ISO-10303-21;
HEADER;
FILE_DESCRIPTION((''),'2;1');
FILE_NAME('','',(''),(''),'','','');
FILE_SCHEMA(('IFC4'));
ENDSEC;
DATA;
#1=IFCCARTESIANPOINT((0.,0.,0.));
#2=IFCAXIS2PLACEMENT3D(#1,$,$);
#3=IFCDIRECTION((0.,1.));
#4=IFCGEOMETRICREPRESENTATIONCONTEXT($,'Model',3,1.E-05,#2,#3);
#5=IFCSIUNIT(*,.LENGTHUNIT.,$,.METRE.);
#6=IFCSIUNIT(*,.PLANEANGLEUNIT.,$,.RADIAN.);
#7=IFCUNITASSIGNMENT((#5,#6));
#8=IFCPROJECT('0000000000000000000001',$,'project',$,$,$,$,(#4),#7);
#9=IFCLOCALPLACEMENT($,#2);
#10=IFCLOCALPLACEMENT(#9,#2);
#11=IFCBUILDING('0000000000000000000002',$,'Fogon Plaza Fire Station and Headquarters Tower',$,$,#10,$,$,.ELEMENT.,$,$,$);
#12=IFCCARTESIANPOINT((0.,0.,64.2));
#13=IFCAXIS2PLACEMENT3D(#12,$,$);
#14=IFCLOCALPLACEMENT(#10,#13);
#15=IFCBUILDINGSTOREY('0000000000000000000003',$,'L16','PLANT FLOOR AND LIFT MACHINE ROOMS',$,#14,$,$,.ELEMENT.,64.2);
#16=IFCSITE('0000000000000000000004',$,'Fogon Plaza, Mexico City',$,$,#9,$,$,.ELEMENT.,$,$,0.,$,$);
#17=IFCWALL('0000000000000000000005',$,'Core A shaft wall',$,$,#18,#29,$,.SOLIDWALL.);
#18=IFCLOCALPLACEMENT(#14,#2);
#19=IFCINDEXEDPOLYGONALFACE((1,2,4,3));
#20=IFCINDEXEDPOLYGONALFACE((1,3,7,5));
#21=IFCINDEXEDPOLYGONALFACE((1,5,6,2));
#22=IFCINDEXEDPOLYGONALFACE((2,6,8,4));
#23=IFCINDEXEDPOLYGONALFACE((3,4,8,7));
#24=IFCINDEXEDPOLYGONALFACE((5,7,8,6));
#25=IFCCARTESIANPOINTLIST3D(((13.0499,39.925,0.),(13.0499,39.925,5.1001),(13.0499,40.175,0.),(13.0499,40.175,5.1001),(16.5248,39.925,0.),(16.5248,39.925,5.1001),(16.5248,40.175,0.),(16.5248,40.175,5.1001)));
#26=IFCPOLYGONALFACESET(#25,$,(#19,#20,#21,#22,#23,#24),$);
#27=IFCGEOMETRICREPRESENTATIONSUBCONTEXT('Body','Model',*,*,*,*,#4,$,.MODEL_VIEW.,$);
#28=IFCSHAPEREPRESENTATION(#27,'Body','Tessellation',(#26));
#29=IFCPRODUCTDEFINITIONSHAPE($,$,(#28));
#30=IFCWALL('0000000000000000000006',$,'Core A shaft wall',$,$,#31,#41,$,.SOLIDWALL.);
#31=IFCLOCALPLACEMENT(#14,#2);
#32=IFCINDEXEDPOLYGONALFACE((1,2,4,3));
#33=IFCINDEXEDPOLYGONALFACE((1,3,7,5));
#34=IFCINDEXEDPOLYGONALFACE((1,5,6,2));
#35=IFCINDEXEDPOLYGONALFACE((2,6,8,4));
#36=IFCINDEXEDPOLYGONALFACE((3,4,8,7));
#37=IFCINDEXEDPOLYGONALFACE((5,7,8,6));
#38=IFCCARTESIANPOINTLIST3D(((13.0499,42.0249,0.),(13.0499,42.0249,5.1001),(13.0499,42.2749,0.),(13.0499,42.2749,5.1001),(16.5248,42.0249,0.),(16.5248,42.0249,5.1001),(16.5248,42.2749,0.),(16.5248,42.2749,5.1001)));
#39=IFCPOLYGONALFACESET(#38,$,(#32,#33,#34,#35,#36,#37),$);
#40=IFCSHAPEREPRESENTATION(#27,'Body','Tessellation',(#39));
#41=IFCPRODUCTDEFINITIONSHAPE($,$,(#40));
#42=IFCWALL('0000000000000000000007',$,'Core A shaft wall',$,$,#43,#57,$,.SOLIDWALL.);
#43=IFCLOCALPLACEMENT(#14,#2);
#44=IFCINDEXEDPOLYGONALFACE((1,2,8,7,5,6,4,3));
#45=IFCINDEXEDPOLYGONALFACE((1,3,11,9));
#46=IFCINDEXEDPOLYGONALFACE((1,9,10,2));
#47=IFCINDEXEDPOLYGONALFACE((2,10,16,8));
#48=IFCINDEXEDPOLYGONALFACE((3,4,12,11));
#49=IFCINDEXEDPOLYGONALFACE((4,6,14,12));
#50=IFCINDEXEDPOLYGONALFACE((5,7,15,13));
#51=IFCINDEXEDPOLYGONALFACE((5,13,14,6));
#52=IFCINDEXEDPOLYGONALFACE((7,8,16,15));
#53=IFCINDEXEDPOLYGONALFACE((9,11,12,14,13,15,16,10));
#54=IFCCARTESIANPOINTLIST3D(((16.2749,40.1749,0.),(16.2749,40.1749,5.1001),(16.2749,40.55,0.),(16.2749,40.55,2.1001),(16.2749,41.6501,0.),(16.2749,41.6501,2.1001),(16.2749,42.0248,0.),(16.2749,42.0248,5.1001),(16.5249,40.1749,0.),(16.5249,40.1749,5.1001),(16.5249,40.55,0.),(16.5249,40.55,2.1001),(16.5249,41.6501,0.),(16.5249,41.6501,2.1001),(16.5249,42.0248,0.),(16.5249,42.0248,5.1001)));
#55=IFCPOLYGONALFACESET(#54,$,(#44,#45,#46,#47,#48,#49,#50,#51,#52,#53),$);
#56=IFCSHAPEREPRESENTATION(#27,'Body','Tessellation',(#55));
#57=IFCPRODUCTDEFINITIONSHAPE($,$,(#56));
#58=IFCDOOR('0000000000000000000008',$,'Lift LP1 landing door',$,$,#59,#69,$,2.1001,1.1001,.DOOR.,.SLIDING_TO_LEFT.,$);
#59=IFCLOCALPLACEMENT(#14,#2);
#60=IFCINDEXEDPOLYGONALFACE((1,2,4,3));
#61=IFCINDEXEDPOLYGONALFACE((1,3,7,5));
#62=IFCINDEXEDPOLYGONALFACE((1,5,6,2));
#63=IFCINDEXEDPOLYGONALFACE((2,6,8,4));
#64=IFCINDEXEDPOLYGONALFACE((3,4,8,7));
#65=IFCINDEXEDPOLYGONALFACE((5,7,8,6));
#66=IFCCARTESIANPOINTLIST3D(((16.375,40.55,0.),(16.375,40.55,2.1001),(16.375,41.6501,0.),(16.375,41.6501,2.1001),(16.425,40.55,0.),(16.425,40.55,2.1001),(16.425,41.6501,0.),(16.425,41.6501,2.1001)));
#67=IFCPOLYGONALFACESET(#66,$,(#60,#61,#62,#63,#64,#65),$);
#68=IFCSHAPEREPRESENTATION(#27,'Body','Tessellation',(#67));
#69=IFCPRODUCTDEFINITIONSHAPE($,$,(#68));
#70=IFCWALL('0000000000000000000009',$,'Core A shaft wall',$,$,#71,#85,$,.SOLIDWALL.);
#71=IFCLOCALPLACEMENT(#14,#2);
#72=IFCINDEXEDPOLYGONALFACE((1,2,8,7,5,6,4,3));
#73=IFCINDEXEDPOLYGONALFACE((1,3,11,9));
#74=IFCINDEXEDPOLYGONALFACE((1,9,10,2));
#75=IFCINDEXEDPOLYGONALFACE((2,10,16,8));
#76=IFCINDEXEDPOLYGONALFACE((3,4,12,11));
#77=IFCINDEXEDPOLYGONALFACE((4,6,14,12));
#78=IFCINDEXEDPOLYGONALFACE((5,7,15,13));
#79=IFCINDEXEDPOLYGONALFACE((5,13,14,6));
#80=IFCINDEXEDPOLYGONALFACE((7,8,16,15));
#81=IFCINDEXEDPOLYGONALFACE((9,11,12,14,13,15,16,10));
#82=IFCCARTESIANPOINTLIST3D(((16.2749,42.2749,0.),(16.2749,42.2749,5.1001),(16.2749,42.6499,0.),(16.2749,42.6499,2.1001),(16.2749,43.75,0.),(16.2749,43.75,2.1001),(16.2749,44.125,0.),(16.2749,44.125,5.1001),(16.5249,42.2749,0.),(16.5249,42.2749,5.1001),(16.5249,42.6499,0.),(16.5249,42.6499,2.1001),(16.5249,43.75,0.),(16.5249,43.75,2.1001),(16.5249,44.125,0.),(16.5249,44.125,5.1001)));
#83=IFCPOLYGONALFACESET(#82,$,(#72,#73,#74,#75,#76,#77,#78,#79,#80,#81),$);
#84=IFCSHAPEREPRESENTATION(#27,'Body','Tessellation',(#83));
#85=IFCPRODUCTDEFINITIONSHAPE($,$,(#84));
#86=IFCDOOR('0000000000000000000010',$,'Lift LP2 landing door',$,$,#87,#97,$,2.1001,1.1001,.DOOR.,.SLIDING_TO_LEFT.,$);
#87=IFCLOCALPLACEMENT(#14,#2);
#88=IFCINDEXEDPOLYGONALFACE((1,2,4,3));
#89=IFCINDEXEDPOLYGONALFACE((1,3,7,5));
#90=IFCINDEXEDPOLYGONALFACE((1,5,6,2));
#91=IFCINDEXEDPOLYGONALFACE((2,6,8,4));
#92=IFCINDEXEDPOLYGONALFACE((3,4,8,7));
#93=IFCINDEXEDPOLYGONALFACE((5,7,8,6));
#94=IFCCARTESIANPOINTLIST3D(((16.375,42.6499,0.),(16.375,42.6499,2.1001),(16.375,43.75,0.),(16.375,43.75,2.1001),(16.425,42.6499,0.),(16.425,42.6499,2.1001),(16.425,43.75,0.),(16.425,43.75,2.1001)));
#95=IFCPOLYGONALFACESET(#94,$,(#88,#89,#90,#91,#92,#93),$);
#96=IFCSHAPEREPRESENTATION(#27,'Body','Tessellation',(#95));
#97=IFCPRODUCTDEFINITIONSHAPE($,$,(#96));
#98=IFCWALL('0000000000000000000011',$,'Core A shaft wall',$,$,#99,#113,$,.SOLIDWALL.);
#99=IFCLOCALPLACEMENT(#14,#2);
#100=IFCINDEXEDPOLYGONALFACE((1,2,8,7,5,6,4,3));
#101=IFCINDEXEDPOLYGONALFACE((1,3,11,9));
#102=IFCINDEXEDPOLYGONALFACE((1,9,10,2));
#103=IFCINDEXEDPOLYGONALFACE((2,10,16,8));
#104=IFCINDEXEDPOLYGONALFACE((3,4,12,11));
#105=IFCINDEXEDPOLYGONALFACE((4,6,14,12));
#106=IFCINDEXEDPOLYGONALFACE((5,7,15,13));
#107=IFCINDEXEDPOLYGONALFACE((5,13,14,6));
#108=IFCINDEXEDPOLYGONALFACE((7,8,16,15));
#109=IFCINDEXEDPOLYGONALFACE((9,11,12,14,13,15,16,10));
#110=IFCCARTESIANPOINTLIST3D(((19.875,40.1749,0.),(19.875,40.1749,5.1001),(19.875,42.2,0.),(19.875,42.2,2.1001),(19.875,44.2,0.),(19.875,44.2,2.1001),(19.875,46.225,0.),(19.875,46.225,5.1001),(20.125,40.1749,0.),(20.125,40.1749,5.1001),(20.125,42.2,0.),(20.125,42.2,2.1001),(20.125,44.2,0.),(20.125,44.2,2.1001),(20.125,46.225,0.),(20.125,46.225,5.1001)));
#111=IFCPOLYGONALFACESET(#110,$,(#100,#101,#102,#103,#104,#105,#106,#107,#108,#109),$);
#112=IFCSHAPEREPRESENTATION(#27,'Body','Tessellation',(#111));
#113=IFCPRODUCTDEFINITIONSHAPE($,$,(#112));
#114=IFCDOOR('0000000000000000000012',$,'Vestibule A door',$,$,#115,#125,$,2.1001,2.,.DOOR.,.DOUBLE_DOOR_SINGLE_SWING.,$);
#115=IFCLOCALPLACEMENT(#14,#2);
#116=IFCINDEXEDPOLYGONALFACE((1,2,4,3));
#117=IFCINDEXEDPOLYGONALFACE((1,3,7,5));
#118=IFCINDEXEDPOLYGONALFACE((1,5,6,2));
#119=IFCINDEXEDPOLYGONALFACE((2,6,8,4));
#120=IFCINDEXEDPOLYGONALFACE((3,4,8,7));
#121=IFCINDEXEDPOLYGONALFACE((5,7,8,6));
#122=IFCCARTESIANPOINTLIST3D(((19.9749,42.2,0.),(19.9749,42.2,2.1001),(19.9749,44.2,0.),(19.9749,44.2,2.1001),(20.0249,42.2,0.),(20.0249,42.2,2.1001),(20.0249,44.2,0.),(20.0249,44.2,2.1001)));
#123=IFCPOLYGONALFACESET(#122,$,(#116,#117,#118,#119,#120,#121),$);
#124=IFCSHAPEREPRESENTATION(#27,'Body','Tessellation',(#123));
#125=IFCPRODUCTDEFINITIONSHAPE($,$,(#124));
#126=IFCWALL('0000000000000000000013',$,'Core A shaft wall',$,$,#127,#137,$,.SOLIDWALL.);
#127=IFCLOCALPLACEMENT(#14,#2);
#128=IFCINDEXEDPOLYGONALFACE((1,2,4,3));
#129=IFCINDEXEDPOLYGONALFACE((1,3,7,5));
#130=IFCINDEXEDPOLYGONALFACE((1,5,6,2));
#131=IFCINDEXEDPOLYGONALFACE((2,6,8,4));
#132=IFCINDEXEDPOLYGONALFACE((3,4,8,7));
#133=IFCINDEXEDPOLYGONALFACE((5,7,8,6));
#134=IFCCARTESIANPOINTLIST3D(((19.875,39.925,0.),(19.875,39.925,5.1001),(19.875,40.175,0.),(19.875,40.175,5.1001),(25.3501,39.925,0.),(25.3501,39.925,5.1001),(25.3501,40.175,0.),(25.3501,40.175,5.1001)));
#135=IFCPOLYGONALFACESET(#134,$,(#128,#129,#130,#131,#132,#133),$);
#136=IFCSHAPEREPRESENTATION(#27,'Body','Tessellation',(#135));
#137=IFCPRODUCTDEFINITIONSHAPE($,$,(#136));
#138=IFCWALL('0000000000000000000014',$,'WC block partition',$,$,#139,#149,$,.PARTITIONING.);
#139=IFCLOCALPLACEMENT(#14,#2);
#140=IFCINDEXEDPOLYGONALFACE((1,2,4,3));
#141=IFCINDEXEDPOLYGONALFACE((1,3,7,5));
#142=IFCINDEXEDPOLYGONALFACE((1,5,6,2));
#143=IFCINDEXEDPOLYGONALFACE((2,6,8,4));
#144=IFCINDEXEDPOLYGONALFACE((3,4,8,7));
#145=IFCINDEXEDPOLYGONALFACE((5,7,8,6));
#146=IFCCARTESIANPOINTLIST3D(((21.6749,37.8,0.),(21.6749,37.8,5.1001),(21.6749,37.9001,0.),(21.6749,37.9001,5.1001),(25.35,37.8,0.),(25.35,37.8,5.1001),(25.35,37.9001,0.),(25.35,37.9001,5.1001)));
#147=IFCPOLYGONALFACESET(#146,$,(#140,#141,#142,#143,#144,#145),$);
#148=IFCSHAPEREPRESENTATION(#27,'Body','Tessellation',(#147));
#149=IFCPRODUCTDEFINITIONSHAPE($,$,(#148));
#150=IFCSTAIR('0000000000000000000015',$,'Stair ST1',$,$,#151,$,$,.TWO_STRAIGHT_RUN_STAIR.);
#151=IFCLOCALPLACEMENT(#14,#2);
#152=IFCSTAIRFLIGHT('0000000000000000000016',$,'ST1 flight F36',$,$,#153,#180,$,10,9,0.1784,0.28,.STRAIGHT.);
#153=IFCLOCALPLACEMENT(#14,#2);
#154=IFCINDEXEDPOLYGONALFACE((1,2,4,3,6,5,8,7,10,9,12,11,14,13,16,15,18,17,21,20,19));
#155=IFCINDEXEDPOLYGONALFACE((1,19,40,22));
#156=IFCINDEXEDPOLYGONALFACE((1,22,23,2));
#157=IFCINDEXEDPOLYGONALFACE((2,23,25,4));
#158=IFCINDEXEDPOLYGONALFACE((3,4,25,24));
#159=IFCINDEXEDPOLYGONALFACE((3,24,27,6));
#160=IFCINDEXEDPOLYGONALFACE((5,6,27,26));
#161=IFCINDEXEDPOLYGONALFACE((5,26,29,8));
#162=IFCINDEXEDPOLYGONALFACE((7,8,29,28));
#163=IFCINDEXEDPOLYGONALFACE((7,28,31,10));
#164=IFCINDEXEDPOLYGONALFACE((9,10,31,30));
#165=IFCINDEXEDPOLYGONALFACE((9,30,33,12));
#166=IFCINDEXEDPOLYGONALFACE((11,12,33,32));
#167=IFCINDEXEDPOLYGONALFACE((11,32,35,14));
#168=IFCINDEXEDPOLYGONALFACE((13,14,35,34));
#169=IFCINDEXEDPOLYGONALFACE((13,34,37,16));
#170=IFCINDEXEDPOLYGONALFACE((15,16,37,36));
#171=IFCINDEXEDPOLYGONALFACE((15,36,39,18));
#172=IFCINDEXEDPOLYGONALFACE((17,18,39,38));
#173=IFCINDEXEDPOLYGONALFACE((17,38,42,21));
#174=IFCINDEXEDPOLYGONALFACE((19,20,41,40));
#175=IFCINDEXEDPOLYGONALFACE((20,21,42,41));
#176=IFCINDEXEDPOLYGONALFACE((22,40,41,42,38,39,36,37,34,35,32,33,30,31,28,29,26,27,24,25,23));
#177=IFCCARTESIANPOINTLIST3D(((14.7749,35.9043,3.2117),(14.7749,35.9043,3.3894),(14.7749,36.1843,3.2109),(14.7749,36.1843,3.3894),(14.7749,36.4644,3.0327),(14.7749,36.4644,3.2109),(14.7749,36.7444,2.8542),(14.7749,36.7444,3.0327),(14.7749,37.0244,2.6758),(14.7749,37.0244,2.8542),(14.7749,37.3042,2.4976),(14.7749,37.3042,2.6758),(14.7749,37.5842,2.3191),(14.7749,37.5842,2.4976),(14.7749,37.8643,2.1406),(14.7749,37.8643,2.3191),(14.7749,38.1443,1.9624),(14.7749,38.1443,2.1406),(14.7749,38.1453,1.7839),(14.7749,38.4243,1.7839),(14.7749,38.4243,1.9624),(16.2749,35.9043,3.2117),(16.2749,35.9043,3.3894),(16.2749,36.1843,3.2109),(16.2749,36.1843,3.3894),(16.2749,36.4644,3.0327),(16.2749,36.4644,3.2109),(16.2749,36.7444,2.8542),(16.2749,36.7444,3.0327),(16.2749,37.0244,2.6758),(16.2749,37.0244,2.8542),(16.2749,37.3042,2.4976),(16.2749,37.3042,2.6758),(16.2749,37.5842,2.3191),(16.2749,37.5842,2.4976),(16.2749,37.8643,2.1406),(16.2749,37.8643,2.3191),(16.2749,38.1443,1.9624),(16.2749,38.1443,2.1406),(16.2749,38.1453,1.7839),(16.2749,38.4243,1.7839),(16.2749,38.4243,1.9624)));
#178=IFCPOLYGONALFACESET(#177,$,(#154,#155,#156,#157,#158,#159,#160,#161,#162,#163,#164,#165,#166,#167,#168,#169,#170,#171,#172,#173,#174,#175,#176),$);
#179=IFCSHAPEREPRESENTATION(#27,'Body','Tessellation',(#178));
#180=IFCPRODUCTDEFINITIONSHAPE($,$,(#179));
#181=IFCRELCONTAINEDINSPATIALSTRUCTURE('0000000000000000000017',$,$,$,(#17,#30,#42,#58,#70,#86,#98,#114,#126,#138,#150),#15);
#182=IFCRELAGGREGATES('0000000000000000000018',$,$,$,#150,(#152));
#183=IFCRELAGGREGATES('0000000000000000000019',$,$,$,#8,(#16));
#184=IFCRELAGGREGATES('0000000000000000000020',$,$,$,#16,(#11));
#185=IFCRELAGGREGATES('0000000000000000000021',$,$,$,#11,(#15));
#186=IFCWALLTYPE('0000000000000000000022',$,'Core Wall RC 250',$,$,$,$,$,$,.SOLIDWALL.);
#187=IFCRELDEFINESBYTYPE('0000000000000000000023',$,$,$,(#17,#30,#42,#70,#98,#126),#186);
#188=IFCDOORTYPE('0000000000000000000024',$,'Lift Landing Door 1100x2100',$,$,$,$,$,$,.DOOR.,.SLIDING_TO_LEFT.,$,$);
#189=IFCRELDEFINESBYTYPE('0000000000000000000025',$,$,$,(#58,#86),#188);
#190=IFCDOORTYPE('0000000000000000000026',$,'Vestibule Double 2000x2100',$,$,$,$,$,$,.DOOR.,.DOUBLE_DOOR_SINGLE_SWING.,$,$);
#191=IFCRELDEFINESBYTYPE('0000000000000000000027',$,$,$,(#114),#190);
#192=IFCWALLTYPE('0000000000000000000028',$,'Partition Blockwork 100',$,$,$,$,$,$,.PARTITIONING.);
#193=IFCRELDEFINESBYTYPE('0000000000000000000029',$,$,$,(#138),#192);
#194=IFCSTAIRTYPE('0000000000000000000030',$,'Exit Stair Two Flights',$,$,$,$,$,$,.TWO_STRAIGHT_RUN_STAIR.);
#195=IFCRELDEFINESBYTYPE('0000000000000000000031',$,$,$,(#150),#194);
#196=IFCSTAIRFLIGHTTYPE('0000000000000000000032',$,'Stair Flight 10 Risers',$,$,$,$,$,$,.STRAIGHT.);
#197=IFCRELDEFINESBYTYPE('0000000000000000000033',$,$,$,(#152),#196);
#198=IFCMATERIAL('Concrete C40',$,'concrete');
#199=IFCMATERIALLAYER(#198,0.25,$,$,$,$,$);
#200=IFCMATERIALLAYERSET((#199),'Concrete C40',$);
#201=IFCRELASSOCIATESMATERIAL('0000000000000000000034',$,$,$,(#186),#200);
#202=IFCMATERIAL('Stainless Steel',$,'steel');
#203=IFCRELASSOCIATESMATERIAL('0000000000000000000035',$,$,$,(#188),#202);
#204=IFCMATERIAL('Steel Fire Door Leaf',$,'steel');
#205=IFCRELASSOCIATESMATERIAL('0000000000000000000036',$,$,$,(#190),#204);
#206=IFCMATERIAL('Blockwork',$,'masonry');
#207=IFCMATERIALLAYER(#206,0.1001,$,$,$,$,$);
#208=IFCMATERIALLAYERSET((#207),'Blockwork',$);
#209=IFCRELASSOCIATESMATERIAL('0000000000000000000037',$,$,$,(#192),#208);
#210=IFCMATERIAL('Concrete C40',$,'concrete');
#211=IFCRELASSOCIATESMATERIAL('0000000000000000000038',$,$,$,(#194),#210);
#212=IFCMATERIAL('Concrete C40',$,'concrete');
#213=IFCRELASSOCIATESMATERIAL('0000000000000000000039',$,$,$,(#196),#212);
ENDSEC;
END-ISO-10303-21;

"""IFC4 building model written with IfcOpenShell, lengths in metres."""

from ifc_helpers import new_model, si_unit, direction, frame, frame_2d, origin, place, context, subcontext, project, spatial, polyline, rectangle, outline, extrude, material, layer, layer_set, type_object, element, fill, aggregate, save


model = new_model("IFC4")

# Units and contexts
model_context = context("Model", 3, precision=1e-05, world=origin(), true_north=direction((0.0, 1.0)))
body_context = subcontext(model_context, "Body", "Model", "MODEL_VIEW")
ifc_project = project(units=[si_unit("LENGTHUNIT", "METRE"), si_unit("PLANEANGLEUNIT", "RADIAN")], contexts=[model_context])

# Site, building, storey
site_placement = place(None, origin())
site = spatial("IfcSite", under=ifc_project, at=site_placement, Name="Fogon Plaza, Mexico City", CompositionType="ELEMENT", RefElevation=0.0)
building_placement = place(site_placement, origin())
building = spatial("IfcBuilding", under=site, at=building_placement, Name="Fogon Plaza Fire Station and Headquarters Tower", CompositionType="ELEMENT")
storey_placement = place(building_placement, frame((0.0, 0.0, 64.2)))
storey = spatial("IfcBuildingStorey", under=building, at=storey_placement, Name="L16", Description="PLANT FLOOR AND LIFT MACHINE ROOMS", CompositionType="ELEMENT", Elevation=64.2)

# Walls
ifc_material_1 = material(Name="Concrete C40", Category="concrete")
ifc_layer_1 = layer(ifc_material_1, 0.25)
ifc_layer_set_1 = layer_set([ifc_layer_1], Name="Concrete C40")
wall_type_1 = type_object("IfcWallType", Name="Core Wall RC 250", PredefinedType="SOLIDWALL", material=ifc_layer_set_1)
for number, where, z_axis, x_axis, name in (
    (1, (13.05, 40.05, 0.0), (0.0, 0.0, 1.0), (1.0, 0.0, 0.0), "Core A shaft wall"),
    (2, (13.05, 42.1499, 0.0), (0.0, 0.0, 1.0), (1.0, 0.0, 0.0), "Core A shaft wall"),
):
    element("IfcWall", number, at=place(storey_placement, frame(where, z_axis=z_axis, x_axis=x_axis)), inside=storey, type_object=wall_type_1, Name=name, PredefinedType="SOLIDWALL", context=body_context, shape_type="SweptSolid", body=[
        extrude(rectangle(XDim=3.4749, YDim=0.25, at=frame_2d((1.7373, 0.0))), origin(), (0.0, 0.0, 1.0), 5.1001),
    ])

# Walls, openings, doors
wall_1_placement = place(storey_placement, frame((16.3999, 40.175, 0.0), z_axis=(0.0, 0.0, 1.0), x_axis=(0.0, 1.0, 0.0)))
wall_1 = element("IfcWall", 3, at=wall_1_placement, inside=storey, type_object=wall_type_1, Name="Core A shaft wall", PredefinedType="SOLIDWALL", context=body_context, shape_type="SweptSolid", body=[
    extrude(rectangle(XDim=1.8499, YDim=0.25, at=frame_2d((0.9248, 0.0))), origin(), (0.0, 0.0, 1.0), 5.1001),
])
opening_1_placement = place(wall_1_placement, frame((0.375, 0.0, 0.0)))
opening_1 = element("IfcOpeningElement", 4, at=opening_1_placement, cuts=wall_1, PredefinedType="OPENING", context=body_context, shape_type="SweptSolid", body=[
    extrude(rectangle(XDim=1.1001, YDim=2.1001, at=frame_2d((0.55, 1.05))), frame((0.0, 0.135, 0.0), z_axis=(0.0, -1.0, 0.0), x_axis=(1.0, 0.0, 0.0)), (0.0, 0.0, 1.0), 0.27),
])
ifc_material_2 = material(Name="Stainless Steel", Category="steel")
door_type_1 = type_object("IfcDoorType", Name="Lift Landing Door 1100x2100", OperationType="SLIDING_TO_LEFT", PredefinedType="DOOR", material=ifc_material_2)
door_1_placement = place(opening_1_placement, origin())
door_1 = element("IfcDoor", 5, at=door_1_placement, inside=storey, type_object=door_type_1, Name="Lift LP1 landing door", OperationType="SLIDING_TO_LEFT", OverallHeight=2.1001, OverallWidth=1.1001, PredefinedType="DOOR", context=body_context, shape_type="SweptSolid", body=[
    extrude(rectangle(XDim=1.1001, YDim=2.1001, at=frame_2d((0.55, 1.05))), frame((0.0, 0.0249, 0.0), z_axis=(0.0, -1.0, 0.0), x_axis=(1.0, 0.0, 0.0)), (0.0, 0.0, 1.0), 0.05),
])
fill(opening_1, door_1)
wall_2_placement = place(storey_placement, frame((16.3999, 42.2749, 0.0), z_axis=(0.0, 0.0, 1.0), x_axis=(0.0, 1.0, 0.0)))
wall_2 = element("IfcWall", 6, at=wall_2_placement, inside=storey, type_object=wall_type_1, Name="Core A shaft wall", PredefinedType="SOLIDWALL", context=body_context, shape_type="SweptSolid", body=[
    extrude(rectangle(XDim=1.8501, YDim=0.25, at=frame_2d((0.925, 0.0))), origin(), (0.0, 0.0, 1.0), 5.1001),
])
opening_2_placement = place(wall_2_placement, frame((0.375, 0.0, 0.0)))
opening_2 = element("IfcOpeningElement", 7, at=opening_2_placement, cuts=wall_2, PredefinedType="OPENING", context=body_context, shape_type="SweptSolid", body=[
    extrude(rectangle(XDim=1.1001, YDim=2.1001, at=frame_2d((0.55, 1.05))), frame((0.0, 0.135, 0.0), z_axis=(0.0, -1.0, 0.0), x_axis=(1.0, 0.0, 0.0)), (0.0, 0.0, 1.0), 0.27),
])
door_2_placement = place(opening_2_placement, origin())
door_2 = element("IfcDoor", 8, at=door_2_placement, inside=storey, type_object=door_type_1, Name="Lift LP2 landing door", OperationType="SLIDING_TO_LEFT", OverallHeight=2.1001, OverallWidth=1.1001, PredefinedType="DOOR", context=body_context, shape_type="SweptSolid", body=[
    extrude(rectangle(XDim=1.1001, YDim=2.1001, at=frame_2d((0.55, 1.05))), frame((0.0, 0.0249, 0.0), z_axis=(0.0, -1.0, 0.0), x_axis=(1.0, 0.0, 0.0)), (0.0, 0.0, 1.0), 0.05),
])
fill(opening_2, door_2)
wall_3_placement = place(storey_placement, frame((20.0, 40.175, 0.0), z_axis=(0.0, 0.0, 1.0), x_axis=(0.0, 1.0, 0.0)))
wall_3 = element("IfcWall", 9, at=wall_3_placement, inside=storey, type_object=wall_type_1, Name="Core A shaft wall", PredefinedType="SOLIDWALL", context=body_context, shape_type="SweptSolid", body=[
    extrude(rectangle(XDim=6.05, YDim=0.25, at=frame_2d((3.0249, 0.0))), origin(), (0.0, 0.0, 1.0), 5.1001),
])
opening_3_placement = place(wall_3_placement, frame((2.0249, 0.0, 0.0)))
opening_3 = element("IfcOpeningElement", 10, at=opening_3_placement, cuts=wall_3, PredefinedType="OPENING", context=body_context, shape_type="SweptSolid", body=[
    extrude(rectangle(XDim=2.0, YDim=2.1001, at=frame_2d((1.0, 1.05))), frame((0.0, 0.135, 0.0), z_axis=(0.0, -1.0, 0.0), x_axis=(1.0, 0.0, 0.0)), (0.0, 0.0, 1.0), 0.27),
])
ifc_material_3 = material(Name="Steel Fire Door Leaf", Category="steel")
door_type_2 = type_object("IfcDoorType", Name="Vestibule Double 2000x2100", OperationType="DOUBLE_DOOR_SINGLE_SWING", PredefinedType="DOOR", material=ifc_material_3)
door_3_placement = place(opening_3_placement, frame((2.0, 0.0, 0.0), z_axis=(0.0, 0.0, 1.0), x_axis=(-1.0, 0.0, 0.0)))
door_3 = element("IfcDoor", 11, at=door_3_placement, inside=storey, type_object=door_type_2, Name="Vestibule A door", OperationType="DOUBLE_DOOR_SINGLE_SWING", OverallHeight=2.1001, OverallWidth=2.0, PredefinedType="DOOR", context=body_context, shape_type="SweptSolid", body=[
    extrude(rectangle(XDim=2.0, YDim=2.1001, at=frame_2d((1.0, 1.05))), frame((0.0, 0.0249, 0.0), z_axis=(0.0, -1.0, 0.0), x_axis=(1.0, 0.0, 0.0)), (0.0, 0.0, 1.0), 0.05),
])
fill(opening_3, door_3)

# Walls
wall_4_placement = place(storey_placement, frame((19.875, 40.05, 0.0), z_axis=(0.0, 0.0, 1.0), x_axis=(1.0, 0.0, 0.0)))
element("IfcWall", 12, at=wall_4_placement, inside=storey, type_object=wall_type_1, Name="Core A shaft wall", PredefinedType="SOLIDWALL", context=body_context, shape_type="SweptSolid", body=[
    extrude(rectangle(XDim=5.4751, YDim=0.25, at=frame_2d((2.7375, 0.0))), origin(), (0.0, 0.0, 1.0), 5.1001),
])
ifc_material_4 = material(Name="Blockwork", Category="masonry")
ifc_layer_2 = layer(ifc_material_4, 0.1001)
ifc_layer_set_2 = layer_set([ifc_layer_2], Name="Blockwork")
wall_type_2 = type_object("IfcWallType", Name="Partition Blockwork 100", PredefinedType="PARTITIONING", material=ifc_layer_set_2)
wall_5_placement = place(storey_placement, frame((21.675, 37.8501, 0.0), z_axis=(0.0, 0.0, 1.0), x_axis=(1.0, 0.0, 0.0)))
element("IfcWall", 13, at=wall_5_placement, inside=storey, type_object=wall_type_2, Name="WC block partition", PredefinedType="PARTITIONING", context=body_context, shape_type="SweptSolid", body=[
    extrude(rectangle(XDim=3.675, YDim=0.1001, at=frame_2d((1.8374, 0.0))), origin(), (0.0, 0.0, 1.0), 5.1001),
])

# Stair, stair flight
ifc_material_5 = material(Name="Concrete C40", Category="concrete")
stair_type = type_object("IfcStairType", Name="Exit Stair Two Flights", PredefinedType="TWO_STRAIGHT_RUN_STAIR", material=ifc_material_5)
stair_placement = place(storey_placement, origin())
stair = element("IfcStair", 14, at=stair_placement, inside=storey, type_object=stair_type, Name="Stair ST1", PredefinedType="TWO_STRAIGHT_RUN_STAIR")
ifc_material_6 = material(Name="Concrete C40", Category="concrete")
stair_flight_type = type_object("IfcStairFlightType", Name="Stair Flight 10 Risers", PredefinedType="STRAIGHT", material=ifc_material_6)
stair_flight_placement = place(storey_placement, frame((15.5249, 38.4243, 1.7839), z_axis=(0.0, 0.0, 1.0), x_axis=(0.0, -1.0, 0.0)))
stair_flight = element("IfcStairFlight", 15, at=stair_flight_placement, type_object=stair_flight_type, Name="ST1 flight F36", NumberOfRisers=10, NumberOfTreads=9, PredefinedType="STRAIGHT", RiserHeight=0.1784, TreadLength=0.28, context=body_context, shape_type="SweptSolid", body=[
    extrude(outline(polyline([(0.0, 0.0), (0.0, 0.1785), (0.28, 0.1785), (0.28, 0.3567), (0.5601, 0.3567), (0.5601, 0.5352), (0.8401, 0.5352), (0.8401, 0.7136), (1.1201, 0.7136), (1.1201, 0.8918), (1.3999, 0.8918), (1.3999, 1.0703), (1.6799, 1.0703), (1.6799, 1.2488), (1.96, 1.2488), (1.96, 1.427), (2.24, 1.427), (2.24, 1.6055), (2.52, 1.6055), (2.52, 1.7839), (2.52, 1.4277), (0.2791, 0.0), (0.0, 0.0)])), frame((0.0, 0.75, 0.0), z_axis=(0.0, -1.0, 0.0), x_axis=(1.0, 0.0, 0.0)), (0.0, 0.0, 1.0), 1.5),
])
aggregate(stair, [stair_flight])

save(model, "model.ifc")
